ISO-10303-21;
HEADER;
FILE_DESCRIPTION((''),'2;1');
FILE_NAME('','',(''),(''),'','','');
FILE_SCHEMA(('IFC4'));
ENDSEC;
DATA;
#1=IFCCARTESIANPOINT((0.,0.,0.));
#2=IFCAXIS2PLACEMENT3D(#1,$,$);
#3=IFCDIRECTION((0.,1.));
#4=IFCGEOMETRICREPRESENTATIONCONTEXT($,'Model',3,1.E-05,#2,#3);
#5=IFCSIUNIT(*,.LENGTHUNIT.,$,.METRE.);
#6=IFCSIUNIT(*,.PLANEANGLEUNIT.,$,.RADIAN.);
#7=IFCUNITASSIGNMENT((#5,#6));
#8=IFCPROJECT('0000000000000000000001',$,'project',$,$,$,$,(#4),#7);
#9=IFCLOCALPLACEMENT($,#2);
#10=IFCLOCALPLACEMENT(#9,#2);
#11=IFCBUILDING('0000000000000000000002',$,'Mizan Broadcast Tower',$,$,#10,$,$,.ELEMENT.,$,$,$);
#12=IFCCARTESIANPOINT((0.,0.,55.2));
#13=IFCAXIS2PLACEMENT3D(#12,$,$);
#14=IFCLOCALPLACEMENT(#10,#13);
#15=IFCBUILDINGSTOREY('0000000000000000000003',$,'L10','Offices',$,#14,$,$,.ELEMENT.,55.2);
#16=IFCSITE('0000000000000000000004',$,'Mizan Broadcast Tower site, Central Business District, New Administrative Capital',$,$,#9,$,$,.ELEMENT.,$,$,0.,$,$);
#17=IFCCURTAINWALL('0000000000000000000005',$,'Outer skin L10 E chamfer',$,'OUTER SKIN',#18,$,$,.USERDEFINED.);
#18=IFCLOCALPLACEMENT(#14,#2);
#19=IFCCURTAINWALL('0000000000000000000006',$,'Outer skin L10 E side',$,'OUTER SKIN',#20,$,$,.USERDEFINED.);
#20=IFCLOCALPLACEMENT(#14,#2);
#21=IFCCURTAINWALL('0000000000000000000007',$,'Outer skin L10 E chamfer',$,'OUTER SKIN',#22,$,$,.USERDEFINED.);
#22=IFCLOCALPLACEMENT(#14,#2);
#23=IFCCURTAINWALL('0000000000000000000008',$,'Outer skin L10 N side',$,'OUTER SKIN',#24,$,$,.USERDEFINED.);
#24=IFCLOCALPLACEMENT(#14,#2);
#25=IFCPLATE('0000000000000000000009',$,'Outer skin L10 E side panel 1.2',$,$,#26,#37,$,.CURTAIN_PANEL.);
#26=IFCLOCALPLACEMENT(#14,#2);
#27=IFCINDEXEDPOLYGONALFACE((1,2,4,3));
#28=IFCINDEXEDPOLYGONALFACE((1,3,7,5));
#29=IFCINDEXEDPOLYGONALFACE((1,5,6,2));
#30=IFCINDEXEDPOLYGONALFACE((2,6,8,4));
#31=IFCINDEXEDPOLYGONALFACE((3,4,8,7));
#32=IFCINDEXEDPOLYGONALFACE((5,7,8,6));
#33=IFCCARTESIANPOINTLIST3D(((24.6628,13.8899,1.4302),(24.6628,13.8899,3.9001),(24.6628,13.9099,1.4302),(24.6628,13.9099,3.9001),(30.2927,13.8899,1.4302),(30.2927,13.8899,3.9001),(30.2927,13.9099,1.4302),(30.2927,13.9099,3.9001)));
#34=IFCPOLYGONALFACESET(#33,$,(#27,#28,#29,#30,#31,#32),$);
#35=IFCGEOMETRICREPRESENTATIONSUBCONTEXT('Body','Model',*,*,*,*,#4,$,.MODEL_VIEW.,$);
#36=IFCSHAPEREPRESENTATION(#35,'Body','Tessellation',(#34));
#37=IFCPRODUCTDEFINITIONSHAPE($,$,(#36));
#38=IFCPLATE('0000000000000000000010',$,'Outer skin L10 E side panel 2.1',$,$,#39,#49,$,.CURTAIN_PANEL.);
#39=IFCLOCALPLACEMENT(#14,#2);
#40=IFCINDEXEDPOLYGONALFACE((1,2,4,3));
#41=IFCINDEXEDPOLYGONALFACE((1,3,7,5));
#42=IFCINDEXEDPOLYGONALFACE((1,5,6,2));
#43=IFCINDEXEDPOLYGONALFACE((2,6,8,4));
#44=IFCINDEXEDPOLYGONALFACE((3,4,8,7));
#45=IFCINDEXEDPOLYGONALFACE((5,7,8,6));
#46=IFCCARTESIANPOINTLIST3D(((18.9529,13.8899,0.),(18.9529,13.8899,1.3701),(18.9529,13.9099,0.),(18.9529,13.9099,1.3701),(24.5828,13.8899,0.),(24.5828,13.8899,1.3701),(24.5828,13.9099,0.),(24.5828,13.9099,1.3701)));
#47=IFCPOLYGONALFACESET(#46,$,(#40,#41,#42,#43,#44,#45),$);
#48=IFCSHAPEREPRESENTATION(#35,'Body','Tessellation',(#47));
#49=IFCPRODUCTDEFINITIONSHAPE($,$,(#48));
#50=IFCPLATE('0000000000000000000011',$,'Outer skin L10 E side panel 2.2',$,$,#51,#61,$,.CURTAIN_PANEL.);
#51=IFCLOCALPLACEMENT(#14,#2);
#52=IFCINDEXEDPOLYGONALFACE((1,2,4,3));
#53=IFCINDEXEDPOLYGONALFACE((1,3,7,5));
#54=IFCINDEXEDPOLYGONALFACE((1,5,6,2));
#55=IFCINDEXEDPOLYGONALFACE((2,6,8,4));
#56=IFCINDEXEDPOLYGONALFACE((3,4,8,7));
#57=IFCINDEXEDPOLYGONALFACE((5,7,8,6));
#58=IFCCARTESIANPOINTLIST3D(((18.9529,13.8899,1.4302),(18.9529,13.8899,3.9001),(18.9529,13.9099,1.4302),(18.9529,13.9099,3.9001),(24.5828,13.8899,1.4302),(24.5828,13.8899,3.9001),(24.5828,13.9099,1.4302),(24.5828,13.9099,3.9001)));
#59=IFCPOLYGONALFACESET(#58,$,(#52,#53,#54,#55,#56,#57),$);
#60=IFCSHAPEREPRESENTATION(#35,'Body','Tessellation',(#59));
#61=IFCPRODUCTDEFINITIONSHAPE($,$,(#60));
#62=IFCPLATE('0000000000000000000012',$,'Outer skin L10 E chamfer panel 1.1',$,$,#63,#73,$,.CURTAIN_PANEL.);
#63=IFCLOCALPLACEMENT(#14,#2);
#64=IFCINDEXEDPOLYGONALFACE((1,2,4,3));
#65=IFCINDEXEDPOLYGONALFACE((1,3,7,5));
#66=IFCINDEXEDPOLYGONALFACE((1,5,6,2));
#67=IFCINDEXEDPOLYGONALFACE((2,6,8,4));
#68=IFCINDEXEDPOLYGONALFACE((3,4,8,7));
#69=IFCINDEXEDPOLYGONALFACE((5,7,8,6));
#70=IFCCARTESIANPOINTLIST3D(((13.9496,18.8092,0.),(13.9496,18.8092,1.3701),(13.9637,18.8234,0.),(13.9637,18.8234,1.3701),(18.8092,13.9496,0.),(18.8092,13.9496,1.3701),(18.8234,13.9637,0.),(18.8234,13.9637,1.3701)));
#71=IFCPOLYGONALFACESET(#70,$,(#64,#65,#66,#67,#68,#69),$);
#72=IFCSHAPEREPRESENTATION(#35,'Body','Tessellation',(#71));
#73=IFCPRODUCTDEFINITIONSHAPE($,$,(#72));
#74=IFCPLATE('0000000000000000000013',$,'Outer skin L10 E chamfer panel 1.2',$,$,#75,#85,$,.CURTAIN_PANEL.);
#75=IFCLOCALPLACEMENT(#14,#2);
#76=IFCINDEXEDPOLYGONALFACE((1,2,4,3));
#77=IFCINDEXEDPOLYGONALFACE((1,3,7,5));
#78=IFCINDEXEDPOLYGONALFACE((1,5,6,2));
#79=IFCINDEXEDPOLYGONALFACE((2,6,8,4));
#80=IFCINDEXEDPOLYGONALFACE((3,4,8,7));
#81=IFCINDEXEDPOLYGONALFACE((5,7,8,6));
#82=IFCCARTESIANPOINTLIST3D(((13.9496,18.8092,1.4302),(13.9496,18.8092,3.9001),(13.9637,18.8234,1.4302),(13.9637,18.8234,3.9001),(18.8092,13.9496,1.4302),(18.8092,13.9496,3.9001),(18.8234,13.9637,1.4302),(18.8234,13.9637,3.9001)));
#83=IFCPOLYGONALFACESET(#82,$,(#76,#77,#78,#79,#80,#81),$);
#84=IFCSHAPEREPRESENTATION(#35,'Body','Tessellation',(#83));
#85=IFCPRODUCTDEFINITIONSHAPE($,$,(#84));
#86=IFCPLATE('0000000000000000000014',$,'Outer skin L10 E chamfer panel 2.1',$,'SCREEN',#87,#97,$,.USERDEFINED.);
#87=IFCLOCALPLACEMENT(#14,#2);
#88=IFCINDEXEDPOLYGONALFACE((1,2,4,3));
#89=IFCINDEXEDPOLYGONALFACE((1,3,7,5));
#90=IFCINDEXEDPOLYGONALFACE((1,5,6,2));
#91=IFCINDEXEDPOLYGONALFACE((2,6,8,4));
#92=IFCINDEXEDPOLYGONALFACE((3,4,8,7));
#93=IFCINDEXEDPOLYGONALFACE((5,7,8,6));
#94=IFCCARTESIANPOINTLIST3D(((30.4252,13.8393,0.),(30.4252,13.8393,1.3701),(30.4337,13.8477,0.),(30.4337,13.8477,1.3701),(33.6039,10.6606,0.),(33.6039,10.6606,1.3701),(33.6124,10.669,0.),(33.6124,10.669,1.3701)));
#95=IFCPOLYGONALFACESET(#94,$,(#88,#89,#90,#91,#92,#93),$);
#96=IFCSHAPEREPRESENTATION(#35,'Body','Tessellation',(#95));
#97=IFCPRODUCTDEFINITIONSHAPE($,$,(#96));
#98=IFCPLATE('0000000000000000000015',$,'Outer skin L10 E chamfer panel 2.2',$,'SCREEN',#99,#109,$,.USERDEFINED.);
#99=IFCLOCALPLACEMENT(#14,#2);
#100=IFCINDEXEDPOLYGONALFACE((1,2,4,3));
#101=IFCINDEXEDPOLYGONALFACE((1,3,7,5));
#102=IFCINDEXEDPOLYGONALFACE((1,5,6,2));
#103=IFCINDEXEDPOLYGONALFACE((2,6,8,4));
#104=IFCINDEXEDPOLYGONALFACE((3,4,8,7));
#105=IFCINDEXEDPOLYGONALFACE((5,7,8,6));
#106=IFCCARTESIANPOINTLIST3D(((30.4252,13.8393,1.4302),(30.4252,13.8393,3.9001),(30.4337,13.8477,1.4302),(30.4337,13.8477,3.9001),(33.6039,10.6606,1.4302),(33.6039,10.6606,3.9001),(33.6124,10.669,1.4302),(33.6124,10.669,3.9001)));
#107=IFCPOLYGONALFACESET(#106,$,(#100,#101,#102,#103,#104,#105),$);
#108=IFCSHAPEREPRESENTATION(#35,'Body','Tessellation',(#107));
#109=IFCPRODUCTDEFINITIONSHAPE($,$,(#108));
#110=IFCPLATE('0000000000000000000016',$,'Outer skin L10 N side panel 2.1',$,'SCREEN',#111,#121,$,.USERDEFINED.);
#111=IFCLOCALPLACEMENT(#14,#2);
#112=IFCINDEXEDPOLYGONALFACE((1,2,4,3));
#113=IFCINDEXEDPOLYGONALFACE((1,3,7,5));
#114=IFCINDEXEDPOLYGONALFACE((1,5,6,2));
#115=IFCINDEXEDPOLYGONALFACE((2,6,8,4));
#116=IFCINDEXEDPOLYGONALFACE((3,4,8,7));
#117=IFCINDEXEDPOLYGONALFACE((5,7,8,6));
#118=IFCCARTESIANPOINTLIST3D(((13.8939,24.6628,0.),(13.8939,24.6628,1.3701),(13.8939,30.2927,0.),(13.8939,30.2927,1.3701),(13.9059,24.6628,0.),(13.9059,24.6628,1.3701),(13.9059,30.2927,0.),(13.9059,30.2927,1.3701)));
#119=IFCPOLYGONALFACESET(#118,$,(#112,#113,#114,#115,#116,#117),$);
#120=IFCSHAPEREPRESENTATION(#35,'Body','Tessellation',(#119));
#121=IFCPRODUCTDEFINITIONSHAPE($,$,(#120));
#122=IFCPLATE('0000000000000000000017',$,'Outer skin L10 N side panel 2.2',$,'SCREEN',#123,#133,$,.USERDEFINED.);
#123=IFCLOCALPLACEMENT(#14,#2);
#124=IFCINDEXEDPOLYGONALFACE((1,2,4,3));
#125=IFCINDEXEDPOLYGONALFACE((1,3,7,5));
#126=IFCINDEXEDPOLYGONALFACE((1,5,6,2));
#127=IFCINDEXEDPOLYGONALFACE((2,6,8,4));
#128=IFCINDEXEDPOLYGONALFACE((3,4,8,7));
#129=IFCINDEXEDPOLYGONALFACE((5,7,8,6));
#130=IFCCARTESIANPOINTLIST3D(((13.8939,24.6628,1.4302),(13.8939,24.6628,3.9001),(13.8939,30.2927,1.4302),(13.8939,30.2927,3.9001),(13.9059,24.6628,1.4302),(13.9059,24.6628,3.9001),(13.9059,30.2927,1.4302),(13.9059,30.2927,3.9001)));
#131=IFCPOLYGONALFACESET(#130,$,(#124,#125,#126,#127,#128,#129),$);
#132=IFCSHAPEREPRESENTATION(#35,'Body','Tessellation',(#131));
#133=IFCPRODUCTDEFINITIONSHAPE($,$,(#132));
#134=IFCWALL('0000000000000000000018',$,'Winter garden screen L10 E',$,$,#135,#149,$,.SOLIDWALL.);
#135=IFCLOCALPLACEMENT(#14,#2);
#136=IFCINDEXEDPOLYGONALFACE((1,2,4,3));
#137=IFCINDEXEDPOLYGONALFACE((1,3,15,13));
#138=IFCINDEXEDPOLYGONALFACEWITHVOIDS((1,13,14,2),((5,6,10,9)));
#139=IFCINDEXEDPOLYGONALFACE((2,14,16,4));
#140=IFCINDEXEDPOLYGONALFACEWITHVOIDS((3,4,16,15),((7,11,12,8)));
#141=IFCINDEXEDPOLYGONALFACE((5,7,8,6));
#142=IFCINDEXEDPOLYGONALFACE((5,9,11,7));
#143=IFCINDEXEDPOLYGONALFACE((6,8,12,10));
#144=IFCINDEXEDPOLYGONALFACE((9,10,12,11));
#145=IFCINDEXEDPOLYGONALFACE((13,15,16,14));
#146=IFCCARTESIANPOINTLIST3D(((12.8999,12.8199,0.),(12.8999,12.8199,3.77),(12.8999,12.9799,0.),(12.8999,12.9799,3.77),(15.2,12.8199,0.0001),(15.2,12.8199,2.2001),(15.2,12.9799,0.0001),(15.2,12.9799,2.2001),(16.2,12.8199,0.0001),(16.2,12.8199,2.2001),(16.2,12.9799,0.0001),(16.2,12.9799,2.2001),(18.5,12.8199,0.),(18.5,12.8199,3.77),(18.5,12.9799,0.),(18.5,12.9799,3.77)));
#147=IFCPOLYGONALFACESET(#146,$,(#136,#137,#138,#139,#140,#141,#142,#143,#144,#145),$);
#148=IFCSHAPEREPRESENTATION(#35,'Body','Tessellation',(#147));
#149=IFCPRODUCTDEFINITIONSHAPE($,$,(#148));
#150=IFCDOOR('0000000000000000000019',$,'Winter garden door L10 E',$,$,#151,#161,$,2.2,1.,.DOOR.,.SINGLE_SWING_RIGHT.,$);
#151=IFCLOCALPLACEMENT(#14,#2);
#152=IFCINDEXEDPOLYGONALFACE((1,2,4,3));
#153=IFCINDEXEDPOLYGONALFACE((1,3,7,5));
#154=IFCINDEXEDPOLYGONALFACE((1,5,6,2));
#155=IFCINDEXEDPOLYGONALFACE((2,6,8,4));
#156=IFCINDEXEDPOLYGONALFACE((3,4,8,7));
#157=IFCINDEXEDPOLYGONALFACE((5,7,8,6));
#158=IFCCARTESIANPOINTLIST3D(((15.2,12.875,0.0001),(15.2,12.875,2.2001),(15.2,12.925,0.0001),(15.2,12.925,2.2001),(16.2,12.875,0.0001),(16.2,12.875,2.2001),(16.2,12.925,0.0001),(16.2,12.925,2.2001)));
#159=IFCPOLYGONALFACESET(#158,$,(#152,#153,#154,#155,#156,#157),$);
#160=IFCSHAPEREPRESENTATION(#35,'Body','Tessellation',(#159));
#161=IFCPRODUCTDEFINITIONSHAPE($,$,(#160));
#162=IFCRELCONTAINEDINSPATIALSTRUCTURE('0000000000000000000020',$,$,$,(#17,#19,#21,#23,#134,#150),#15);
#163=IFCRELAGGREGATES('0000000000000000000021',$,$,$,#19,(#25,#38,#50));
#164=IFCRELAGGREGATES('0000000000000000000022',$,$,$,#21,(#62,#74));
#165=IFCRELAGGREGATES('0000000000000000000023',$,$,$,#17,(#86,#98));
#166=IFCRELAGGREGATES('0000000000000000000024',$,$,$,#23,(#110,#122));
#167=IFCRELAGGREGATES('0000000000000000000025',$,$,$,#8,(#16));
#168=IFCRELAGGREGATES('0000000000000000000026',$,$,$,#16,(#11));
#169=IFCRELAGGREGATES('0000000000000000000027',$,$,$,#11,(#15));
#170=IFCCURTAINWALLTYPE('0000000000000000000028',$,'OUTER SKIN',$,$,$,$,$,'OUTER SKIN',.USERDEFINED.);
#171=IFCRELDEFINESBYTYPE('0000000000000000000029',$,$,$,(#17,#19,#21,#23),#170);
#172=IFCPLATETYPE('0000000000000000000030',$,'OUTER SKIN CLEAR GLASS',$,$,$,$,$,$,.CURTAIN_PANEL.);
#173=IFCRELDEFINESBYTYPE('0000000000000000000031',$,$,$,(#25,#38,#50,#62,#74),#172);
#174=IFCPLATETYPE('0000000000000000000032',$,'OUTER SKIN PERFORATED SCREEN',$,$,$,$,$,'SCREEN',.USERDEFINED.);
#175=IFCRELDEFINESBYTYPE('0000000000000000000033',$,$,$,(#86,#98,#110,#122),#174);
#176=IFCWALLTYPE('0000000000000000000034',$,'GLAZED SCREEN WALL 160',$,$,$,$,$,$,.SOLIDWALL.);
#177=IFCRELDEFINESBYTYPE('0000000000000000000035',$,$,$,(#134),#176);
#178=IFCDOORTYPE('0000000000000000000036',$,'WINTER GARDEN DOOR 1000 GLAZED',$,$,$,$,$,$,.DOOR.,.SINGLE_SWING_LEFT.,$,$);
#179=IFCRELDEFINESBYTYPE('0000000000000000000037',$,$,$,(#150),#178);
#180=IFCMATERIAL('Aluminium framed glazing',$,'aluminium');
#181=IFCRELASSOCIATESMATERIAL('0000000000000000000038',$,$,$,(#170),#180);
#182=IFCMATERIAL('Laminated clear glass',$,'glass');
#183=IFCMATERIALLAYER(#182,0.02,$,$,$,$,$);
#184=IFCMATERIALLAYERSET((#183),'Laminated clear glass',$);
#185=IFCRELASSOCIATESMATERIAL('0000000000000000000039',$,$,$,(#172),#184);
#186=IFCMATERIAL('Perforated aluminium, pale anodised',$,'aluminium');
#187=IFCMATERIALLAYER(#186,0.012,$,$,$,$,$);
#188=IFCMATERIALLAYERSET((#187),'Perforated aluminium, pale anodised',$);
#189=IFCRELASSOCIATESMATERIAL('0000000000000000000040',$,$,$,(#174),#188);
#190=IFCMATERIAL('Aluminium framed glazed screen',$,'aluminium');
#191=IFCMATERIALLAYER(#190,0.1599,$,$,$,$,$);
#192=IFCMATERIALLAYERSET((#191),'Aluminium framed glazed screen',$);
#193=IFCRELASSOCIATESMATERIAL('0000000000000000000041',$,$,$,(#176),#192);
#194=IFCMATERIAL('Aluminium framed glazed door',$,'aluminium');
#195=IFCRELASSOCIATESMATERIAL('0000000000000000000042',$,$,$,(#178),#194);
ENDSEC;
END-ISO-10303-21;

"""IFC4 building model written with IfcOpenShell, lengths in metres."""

from ifc_helpers import new_model, si_unit, direction, frame, frame_2d, origin, origin_2d, place, context, subcontext, project, spatial, rectangle, extrude, material, layer, layer_set, type_object, element, fill, aggregate, save


model = new_model("IFC4")

# Units and contexts
model_context = context("Model", 3, precision=1e-05, world=origin(), true_north=direction((0.0, 1.0)))
body_context = subcontext(model_context, "Body", "Model", "MODEL_VIEW")
ifc_project = project(units=[si_unit("LENGTHUNIT", "METRE"), si_unit("PLANEANGLEUNIT", "RADIAN")], contexts=[model_context])

# Site, building, storey
site_placement = place(None, origin())
site = spatial("IfcSite", under=ifc_project, at=site_placement, Name="Mizan Broadcast Tower site, Central Business District, New Administrative Capital", CompositionType="ELEMENT", RefElevation=0.0)
building_placement = place(site_placement, origin())
building = spatial("IfcBuilding", under=site, at=building_placement, Name="Mizan Broadcast Tower", CompositionType="ELEMENT")
storey_placement = place(building_placement, frame((0.0, 0.0, 55.2)))
storey = spatial("IfcBuildingStorey", under=building, at=storey_placement, Name="L10", Description="Offices", CompositionType="ELEMENT", Elevation=55.2)

# Curtain wall
ifc_material_1 = material(Name="Aluminium framed glazing", Category="aluminium")
curtain_wall_type_1 = type_object("IfcCurtainWallType", Name="OUTER SKIN", ElementType="OUTER SKIN", PredefinedType="USERDEFINED", material=ifc_material_1)
curtain_wall_1_placement = place(storey_placement, origin())
curtain_wall_1 = element("IfcCurtainWall", 1, at=curtain_wall_1_placement, inside=storey, type_object=curtain_wall_type_1, Name="Outer skin L10 E chamfer", ObjectType="OUTER SKIN", PredefinedType="USERDEFINED")

# Curtain wall
curtain_wall_2_placement = place(storey_placement, origin())
curtain_wall_2 = element("IfcCurtainWall", 2, at=curtain_wall_2_placement, inside=storey, type_object=curtain_wall_type_1, Name="Outer skin L10 E side", ObjectType="OUTER SKIN", PredefinedType="USERDEFINED")

# Curtain wall
curtain_wall_3_placement = place(storey_placement, origin())
curtain_wall_3 = element("IfcCurtainWall", 3, at=curtain_wall_3_placement, inside=storey, type_object=curtain_wall_type_1, Name="Outer skin L10 E chamfer", ObjectType="OUTER SKIN", PredefinedType="USERDEFINED")

# Curtain wall
curtain_wall_4_placement = place(storey_placement, origin())
curtain_wall_4 = element("IfcCurtainWall", 4, at=curtain_wall_4_placement, inside=storey, type_object=curtain_wall_type_1, Name="Outer skin L10 N side", ObjectType="OUTER SKIN", PredefinedType="USERDEFINED")

# Plates
ifc_material_2 = material(Name="Laminated clear glass", Category="glass")
ifc_layer_1 = layer(ifc_material_2, 0.02)
ifc_layer_set_1 = layer_set([ifc_layer_1], Name="Laminated clear glass")
plate_type_1 = type_object("IfcPlateType", Name="OUTER SKIN CLEAR GLASS", PredefinedType="CURTAIN_PANEL", material=ifc_layer_set_1)
plate_1_placement = place(storey_placement, frame((27.4778, 13.8999, 1.4302), z_axis=(0.0, 0.0, 1.0), x_axis=(-1.0, 0.0, 0.0)))
plate_1 = element("IfcPlate", 5, at=plate_1_placement, type_object=plate_type_1, Name="Outer skin L10 E side panel 1.2", PredefinedType="CURTAIN_PANEL", context=body_context, shape_type="SweptSolid", body=[
    extrude(rectangle(XDim=5.6299, YDim=0.02, at=origin_2d()), origin(), (0.0, 0.0, 1.0), 2.47),
])
plate_2_placement = place(storey_placement, frame((21.7678, 13.8999, 0.0), z_axis=(0.0, 0.0, 1.0), x_axis=(-1.0, 0.0, 0.0)))
plate_2 = element("IfcPlate", 6, at=plate_2_placement, type_object=plate_type_1, Name="Outer skin L10 E side panel 2.1", PredefinedType="CURTAIN_PANEL", context=body_context, shape_type="SweptSolid", body=[
    extrude(rectangle(XDim=5.6299, YDim=0.02, at=origin_2d()), origin(), (0.0, 0.0, 1.0), 1.3701),
])
plate_3_placement = place(storey_placement, frame((21.7678, 13.8999, 1.4302), z_axis=(0.0, 0.0, 1.0), x_axis=(-1.0, 0.0, 0.0)))
plate_3 = element("IfcPlate", 7, at=plate_3_placement, type_object=plate_type_1, Name="Outer skin L10 E side panel 2.2", PredefinedType="CURTAIN_PANEL", context=body_context, shape_type="SweptSolid", body=[
    extrude(rectangle(XDim=5.6299, YDim=0.02, at=origin_2d()), origin(), (0.0, 0.0, 1.0), 2.47),
])
aggregate(curtain_wall_2, [plate_1, plate_2, plate_3])
plate_4_placement = place(storey_placement, frame((16.3865, 16.3865, 0.0), z_axis=(0.0, 0.0, 1.0), x_axis=(-0.707107, 0.707107, 0.0)))
plate_4 = element("IfcPlate", 8, at=plate_4_placement, type_object=plate_type_1, Name="Outer skin L10 E chamfer panel 1.1", PredefinedType="CURTAIN_PANEL", context=body_context, shape_type="SweptSolid", body=[
    extrude(rectangle(XDim=6.8726, YDim=0.02, at=origin_2d()), origin(), (0.0, 0.0, 1.0), 1.3701),
])
plate_5_placement = place(storey_placement, frame((16.3865, 16.3865, 1.4302), z_axis=(0.0, 0.0, 1.0), x_axis=(-0.707107, 0.707107, 0.0)))
plate_5 = element("IfcPlate", 9, at=plate_5_placement, type_object=plate_type_1, Name="Outer skin L10 E chamfer panel 1.2", PredefinedType="CURTAIN_PANEL", context=body_context, shape_type="SweptSolid", body=[
    extrude(rectangle(XDim=6.8726, YDim=0.02, at=origin_2d()), origin(), (0.0, 0.0, 1.0), 2.47),
])
aggregate(curtain_wall_3, [plate_4, plate_5])
ifc_material_3 = material(Name="Perforated aluminium, pale anodised", Category="aluminium")
ifc_layer_2 = layer(ifc_material_3, 0.012)
ifc_layer_set_2 = layer_set([ifc_layer_2], Name="Perforated aluminium, pale anodised")
plate_type_2 = type_object("IfcPlateType", Name="OUTER SKIN PERFORATED SCREEN", ElementType="SCREEN", PredefinedType="USERDEFINED", material=ifc_layer_set_2)
plate_6_placement = place(storey_placement, frame((32.0188, 12.2542, 0.0), z_axis=(0.0, 0.0, 1.0), x_axis=(-0.707107, 0.707107, 0.0)))
plate_6 = element("IfcPlate", 10, at=plate_6_placement, type_object=plate_type_2, Name="Outer skin L10 E chamfer panel 2.1", ObjectType="SCREEN", PredefinedType="USERDEFINED", context=body_context, shape_type="SweptSolid", body=[
    extrude(rectangle(XDim=4.4954, YDim=0.012, at=origin_2d()), origin(), (0.0, 0.0, 1.0), 1.3701),
])
plate_7_placement = place(storey_placement, frame((32.0188, 12.2542, 1.4302), z_axis=(0.0, 0.0, 1.0), x_axis=(-0.707107, 0.707107, 0.0)))
plate_7 = element("IfcPlate", 11, at=plate_7_placement, type_object=plate_type_2, Name="Outer skin L10 E chamfer panel 2.2", ObjectType="SCREEN", PredefinedType="USERDEFINED", context=body_context, shape_type="SweptSolid", body=[
    extrude(rectangle(XDim=4.4954, YDim=0.012, at=origin_2d()), origin(), (0.0, 0.0, 1.0), 2.47),
])
aggregate(curtain_wall_1, [plate_6, plate_7])
plate_8_placement = place(storey_placement, frame((13.8999, 27.4778, 0.0), z_axis=(0.0, 0.0, 1.0), x_axis=(0.0, 1.0, 0.0)))
plate_8 = element("IfcPlate", 12, at=plate_8_placement, type_object=plate_type_2, Name="Outer skin L10 N side panel 2.1", ObjectType="SCREEN", PredefinedType="USERDEFINED", context=body_context, shape_type="SweptSolid", body=[
    extrude(rectangle(XDim=5.6299, YDim=0.012, at=origin_2d()), origin(), (0.0, 0.0, 1.0), 1.3701),
])
plate_9_placement = place(storey_placement, frame((13.8999, 27.4778, 1.4302), z_axis=(0.0, 0.0, 1.0), x_axis=(0.0, 1.0, 0.0)))
plate_9 = element("IfcPlate", 13, at=plate_9_placement, type_object=plate_type_2, Name="Outer skin L10 N side panel 2.2", ObjectType="SCREEN", PredefinedType="USERDEFINED", context=body_context, shape_type="SweptSolid", body=[
    extrude(rectangle(XDim=5.6299, YDim=0.012, at=origin_2d()), origin(), (0.0, 0.0, 1.0), 2.47),
])
aggregate(curtain_wall_4, [plate_8, plate_9])

# Wall, opening, door
ifc_material_4 = material(Name="Aluminium framed glazed screen", Category="aluminium")
ifc_layer_3 = layer(ifc_material_4, 0.1599)
ifc_layer_set_3 = layer_set([ifc_layer_3], Name="Aluminium framed glazed screen")
wall_type = type_object("IfcWallType", Name="GLAZED SCREEN WALL 160", PredefinedType="SOLIDWALL", material=ifc_layer_set_3)
wall_placement = place(storey_placement, frame((18.5, 12.8999, 0.0), z_axis=(0.0, 0.0, 1.0), x_axis=(-1.0, 0.0, 0.0)))
wall = element("IfcWall", 14, at=wall_placement, inside=storey, type_object=wall_type, Name="Winter garden screen L10 E", PredefinedType="SOLIDWALL", context=body_context, shape_type="SweptSolid", body=[
    extrude(rectangle(XDim=5.6001, YDim=0.1599, at=frame_2d((2.8, 0.0))), origin(), (0.0, 0.0, 1.0), 3.77),
])
opening_placement = place(wall_placement, frame((2.3, 0.0, 0.0)))
opening = element("IfcOpeningElement", 15, at=opening_placement, cuts=wall, PredefinedType="OPENING", context=body_context, shape_type="SweptSolid", body=[
    extrude(rectangle(XDim=1.0, YDim=2.2, at=frame_2d((0.5, 1.1001))), frame((0.0, 0.0898, 0.0), z_axis=(0.0, -1.0, 0.0), x_axis=(1.0, 0.0, 0.0)), (0.0, 0.0, 1.0), 0.1799),
])
ifc_material_5 = material(Name="Aluminium framed glazed door", Category="aluminium")
door_type = type_object("IfcDoorType", Name="WINTER GARDEN DOOR 1000 GLAZED", OperationType="SINGLE_SWING_LEFT", PredefinedType="DOOR", material=ifc_material_5)
door_placement = place(opening_placement, origin())
door = element("IfcDoor", 16, at=door_placement, inside=storey, type_object=door_type, Name="Winter garden door L10 E", OperationType="SINGLE_SWING_RIGHT", OverallHeight=2.2, OverallWidth=1.0, PredefinedType="DOOR", context=body_context, shape_type="SweptSolid", body=[
    extrude(rectangle(XDim=1.0, YDim=2.2, at=frame_2d((0.5, 1.1001))), frame((0.0, 0.0249, 0.0), z_axis=(0.0, -1.0, 0.0), x_axis=(1.0, 0.0, 0.0)), (0.0, 0.0, 1.0), 0.05),
])
fill(opening, door)

save(model, "model.ifc")
